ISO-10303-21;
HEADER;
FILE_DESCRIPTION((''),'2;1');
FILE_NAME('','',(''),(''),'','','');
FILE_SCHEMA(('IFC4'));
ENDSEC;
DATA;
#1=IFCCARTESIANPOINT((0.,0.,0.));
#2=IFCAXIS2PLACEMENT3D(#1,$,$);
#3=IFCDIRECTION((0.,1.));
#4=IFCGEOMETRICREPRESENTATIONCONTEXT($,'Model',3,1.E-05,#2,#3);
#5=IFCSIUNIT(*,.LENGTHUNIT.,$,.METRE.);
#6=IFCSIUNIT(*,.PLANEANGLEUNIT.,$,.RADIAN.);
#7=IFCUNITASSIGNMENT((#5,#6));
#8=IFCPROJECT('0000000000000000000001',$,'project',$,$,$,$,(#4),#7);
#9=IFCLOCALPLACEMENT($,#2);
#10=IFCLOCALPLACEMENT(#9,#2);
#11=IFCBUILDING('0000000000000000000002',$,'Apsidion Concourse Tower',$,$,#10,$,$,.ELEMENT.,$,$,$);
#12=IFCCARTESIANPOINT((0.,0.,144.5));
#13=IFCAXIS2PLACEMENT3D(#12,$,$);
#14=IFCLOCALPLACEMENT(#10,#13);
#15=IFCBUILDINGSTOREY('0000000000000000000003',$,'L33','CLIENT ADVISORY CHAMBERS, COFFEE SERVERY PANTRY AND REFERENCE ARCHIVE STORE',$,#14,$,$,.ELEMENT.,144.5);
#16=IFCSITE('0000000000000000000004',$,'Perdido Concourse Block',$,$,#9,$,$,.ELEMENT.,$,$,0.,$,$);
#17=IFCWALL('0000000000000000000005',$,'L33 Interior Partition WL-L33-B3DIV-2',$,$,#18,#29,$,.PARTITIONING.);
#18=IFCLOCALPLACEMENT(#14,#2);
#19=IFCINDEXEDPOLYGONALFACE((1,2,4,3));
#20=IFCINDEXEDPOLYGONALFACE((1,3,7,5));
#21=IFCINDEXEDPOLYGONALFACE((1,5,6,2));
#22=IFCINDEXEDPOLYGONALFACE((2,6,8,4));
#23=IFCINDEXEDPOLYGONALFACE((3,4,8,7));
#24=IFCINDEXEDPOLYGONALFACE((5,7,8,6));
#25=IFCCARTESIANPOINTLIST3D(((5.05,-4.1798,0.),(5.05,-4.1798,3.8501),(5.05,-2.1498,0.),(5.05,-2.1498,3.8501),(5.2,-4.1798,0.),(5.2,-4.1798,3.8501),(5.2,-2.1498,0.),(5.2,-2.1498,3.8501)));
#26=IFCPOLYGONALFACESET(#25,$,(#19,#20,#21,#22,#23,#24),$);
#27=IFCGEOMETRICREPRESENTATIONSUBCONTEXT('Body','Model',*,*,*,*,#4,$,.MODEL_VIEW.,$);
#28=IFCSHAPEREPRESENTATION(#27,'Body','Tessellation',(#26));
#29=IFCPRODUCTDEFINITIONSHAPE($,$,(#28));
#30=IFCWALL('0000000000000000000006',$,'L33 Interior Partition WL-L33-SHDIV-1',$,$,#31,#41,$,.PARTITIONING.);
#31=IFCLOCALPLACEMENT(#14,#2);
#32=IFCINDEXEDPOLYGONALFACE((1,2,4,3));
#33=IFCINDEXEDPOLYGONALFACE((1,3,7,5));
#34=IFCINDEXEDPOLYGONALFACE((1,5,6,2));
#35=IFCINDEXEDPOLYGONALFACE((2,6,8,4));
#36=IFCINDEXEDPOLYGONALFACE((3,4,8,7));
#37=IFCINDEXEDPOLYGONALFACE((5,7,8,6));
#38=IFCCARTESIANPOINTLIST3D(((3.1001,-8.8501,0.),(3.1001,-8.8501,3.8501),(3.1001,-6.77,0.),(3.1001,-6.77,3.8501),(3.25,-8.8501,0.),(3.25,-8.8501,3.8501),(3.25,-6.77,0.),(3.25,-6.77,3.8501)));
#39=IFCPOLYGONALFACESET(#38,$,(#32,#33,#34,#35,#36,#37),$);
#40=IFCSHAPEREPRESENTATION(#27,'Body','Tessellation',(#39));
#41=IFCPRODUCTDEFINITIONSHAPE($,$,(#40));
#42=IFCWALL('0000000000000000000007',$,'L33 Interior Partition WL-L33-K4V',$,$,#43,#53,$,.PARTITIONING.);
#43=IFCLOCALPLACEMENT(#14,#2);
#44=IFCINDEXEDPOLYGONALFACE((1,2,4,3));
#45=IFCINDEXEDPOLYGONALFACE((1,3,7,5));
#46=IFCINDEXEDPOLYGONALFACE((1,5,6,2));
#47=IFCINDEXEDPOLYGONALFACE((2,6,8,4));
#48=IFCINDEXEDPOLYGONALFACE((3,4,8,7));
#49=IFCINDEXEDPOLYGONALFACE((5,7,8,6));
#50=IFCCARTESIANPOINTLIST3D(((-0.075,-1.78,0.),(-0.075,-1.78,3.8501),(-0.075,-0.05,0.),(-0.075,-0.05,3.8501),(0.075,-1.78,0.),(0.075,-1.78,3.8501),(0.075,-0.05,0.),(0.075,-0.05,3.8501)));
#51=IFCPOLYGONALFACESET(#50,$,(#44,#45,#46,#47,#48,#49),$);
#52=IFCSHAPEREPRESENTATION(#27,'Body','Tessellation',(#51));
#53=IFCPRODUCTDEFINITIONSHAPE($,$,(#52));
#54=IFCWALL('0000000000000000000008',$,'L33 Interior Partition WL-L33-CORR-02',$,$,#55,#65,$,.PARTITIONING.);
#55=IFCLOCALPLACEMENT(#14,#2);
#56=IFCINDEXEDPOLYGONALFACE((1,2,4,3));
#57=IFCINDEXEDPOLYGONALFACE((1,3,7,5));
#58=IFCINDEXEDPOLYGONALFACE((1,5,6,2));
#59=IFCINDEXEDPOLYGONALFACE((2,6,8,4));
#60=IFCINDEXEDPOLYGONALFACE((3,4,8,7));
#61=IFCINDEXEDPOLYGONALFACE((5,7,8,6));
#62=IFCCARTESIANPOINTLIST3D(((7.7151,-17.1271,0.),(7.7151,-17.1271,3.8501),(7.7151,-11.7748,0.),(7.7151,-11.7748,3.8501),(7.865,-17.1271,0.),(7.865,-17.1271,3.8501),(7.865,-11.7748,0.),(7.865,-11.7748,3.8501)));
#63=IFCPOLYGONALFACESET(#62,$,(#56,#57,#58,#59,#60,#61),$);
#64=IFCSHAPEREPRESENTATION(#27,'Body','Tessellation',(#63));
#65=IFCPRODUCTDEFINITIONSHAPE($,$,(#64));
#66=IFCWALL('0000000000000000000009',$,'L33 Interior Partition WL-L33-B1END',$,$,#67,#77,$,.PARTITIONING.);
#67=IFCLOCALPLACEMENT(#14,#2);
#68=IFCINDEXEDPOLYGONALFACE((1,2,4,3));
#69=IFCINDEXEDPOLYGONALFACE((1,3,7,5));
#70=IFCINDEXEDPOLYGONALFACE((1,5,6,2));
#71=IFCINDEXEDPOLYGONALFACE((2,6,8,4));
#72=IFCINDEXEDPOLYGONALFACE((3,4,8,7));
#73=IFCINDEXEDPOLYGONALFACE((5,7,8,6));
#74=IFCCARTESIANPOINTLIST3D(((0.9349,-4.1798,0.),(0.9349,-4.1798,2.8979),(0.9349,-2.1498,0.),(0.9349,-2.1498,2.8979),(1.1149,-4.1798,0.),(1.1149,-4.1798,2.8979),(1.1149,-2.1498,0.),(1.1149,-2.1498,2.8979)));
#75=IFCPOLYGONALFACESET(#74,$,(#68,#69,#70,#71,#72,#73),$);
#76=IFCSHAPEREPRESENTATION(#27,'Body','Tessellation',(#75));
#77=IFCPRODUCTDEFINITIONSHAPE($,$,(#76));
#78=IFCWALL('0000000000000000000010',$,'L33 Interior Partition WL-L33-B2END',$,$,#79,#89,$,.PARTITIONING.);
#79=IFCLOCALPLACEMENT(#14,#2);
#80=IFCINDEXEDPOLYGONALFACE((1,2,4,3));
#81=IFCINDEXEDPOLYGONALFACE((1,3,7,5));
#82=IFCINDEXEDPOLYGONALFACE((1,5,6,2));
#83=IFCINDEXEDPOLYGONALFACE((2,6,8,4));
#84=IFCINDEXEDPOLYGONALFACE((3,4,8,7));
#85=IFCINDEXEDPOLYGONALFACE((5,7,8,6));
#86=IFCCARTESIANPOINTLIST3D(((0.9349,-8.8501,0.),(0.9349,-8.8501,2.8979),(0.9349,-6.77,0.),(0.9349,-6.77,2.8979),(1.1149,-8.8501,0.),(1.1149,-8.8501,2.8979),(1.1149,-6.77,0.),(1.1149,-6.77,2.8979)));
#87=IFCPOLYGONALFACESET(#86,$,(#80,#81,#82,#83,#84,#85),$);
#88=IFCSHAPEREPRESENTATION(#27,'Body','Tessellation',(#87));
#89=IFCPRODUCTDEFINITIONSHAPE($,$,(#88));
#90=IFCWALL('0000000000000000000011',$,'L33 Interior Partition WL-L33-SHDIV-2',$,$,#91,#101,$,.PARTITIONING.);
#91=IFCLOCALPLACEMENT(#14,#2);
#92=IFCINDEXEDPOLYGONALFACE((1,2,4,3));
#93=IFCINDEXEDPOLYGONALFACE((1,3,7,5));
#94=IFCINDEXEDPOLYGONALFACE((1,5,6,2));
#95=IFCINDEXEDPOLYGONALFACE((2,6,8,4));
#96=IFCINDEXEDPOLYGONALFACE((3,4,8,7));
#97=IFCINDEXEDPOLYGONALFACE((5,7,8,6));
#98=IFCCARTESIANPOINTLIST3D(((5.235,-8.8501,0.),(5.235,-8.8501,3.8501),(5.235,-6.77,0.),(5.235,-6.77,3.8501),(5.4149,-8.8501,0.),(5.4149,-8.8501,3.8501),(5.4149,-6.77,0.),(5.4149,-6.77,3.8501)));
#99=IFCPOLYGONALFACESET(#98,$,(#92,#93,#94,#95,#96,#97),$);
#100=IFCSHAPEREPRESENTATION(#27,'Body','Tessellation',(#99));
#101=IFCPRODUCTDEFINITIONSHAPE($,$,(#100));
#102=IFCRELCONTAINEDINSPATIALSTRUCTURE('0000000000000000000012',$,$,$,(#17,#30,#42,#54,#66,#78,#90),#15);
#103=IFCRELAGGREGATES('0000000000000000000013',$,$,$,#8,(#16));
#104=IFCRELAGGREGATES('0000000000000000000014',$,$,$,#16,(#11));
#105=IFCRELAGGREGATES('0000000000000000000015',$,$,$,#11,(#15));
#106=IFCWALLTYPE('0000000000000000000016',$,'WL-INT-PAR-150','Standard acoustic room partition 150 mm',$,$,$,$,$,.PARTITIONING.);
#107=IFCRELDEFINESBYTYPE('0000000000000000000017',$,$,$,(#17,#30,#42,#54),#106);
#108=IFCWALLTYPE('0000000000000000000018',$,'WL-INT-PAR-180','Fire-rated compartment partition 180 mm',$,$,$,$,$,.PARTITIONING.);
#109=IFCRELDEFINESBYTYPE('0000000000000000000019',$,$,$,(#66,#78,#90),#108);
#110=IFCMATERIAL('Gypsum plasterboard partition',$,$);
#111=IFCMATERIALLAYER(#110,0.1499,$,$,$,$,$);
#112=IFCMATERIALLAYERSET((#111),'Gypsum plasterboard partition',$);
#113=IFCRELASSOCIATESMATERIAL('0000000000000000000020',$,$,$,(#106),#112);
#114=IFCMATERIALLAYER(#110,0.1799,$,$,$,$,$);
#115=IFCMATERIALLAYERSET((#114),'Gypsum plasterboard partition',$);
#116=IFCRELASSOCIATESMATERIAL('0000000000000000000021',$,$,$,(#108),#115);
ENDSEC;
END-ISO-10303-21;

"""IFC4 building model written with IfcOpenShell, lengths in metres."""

from ifc_helpers import new_model, si_unit, direction, frame, frame_2d, origin, place, context, subcontext, project, spatial, rectangle, extrude, material, layer, layer_set, type_object, element, save


model = new_model("IFC4")

# Units and contexts
model_context = context("Model", 3, precision=1e-05, world=origin(), true_north=direction((0.0, 1.0)))
body_context = subcontext(model_context, "Body", "Model", "MODEL_VIEW")
ifc_project = project(units=[si_unit("LENGTHUNIT", "METRE"), si_unit("PLANEANGLEUNIT", "RADIAN")], contexts=[model_context])

# Site, building, storey
site_placement = place(None, origin())
site = spatial("IfcSite", under=ifc_project, at=site_placement, Name="Perdido Concourse Block", CompositionType="ELEMENT", RefElevation=0.0)
building_placement = place(site_placement, origin())
building = spatial("IfcBuilding", under=site, at=building_placement, Name="Apsidion Concourse Tower", CompositionType="ELEMENT")
storey_placement = place(building_placement, frame((0.0, 0.0, 144.5)))
storey = spatial("IfcBuildingStorey", under=building, at=storey_placement, Name="L33", Description="CLIENT ADVISORY CHAMBERS, COFFEE SERVERY PANTRY AND REFERENCE ARCHIVE STORE", CompositionType="ELEMENT", Elevation=144.5)

# Walls
ifc_material_1 = material(Name="Gypsum plasterboard partition")
ifc_layer_1 = layer(ifc_material_1, 0.1499)
ifc_layer_set_1 = layer_set([ifc_layer_1], Name="Gypsum plasterboard partition")
wall_type_1 = type_object("IfcWallType", Name="WL-INT-PAR-150", Description="Standard acoustic room partition 150 mm", PredefinedType="PARTITIONING", material=ifc_layer_set_1)
for number, where, z_axis, x_axis, name in (
    (1, (5.125, -4.1799, 0.0), (0.0, 0.0, 1.0), (0.0, 1.0, 0.0), "L33 Interior Partition WL-L33-B3DIV-2"),
):
    element("IfcWall", number, at=place(storey_placement, frame(where, z_axis=z_axis, x_axis=x_axis)), inside=storey, type_object=wall_type_1, Name=name, PredefinedType="PARTITIONING", context=body_context, shape_type="SweptSolid", body=[
        extrude(rectangle(XDim=2.03, YDim=0.1499, at=frame_2d((1.0151, 0.0))), origin(), (0.0, 0.0, 1.0), 3.8501),
    ])
wall_1_placement = place(storey_placement, frame((3.175, -8.8501, 0.0), z_axis=(0.0, 0.0, 1.0), x_axis=(0.0, 1.0, 0.0)))
element("IfcWall", 2, at=wall_1_placement, inside=storey, type_object=wall_type_1, Name="L33 Interior Partition WL-L33-SHDIV-1", PredefinedType="PARTITIONING", context=body_context, shape_type="SweptSolid", body=[
    extrude(rectangle(XDim=2.0801, YDim=0.1499, at=frame_2d((1.04, 0.0))), origin(), (0.0, 0.0, 1.0), 3.8501),
])
wall_2_placement = place(storey_placement, frame((0.0, -1.78, 0.0), z_axis=(0.0, 0.0, 1.0), x_axis=(0.0, 1.0, 0.0)))
element("IfcWall", 3, at=wall_2_placement, inside=storey, type_object=wall_type_1, Name="L33 Interior Partition WL-L33-K4V", PredefinedType="PARTITIONING", context=body_context, shape_type="SweptSolid", body=[
    extrude(rectangle(XDim=1.73, YDim=0.1499, at=frame_2d((0.865, 0.0))), origin(), (0.0, 0.0, 1.0), 3.8501),
])
wall_3_placement = place(storey_placement, frame((7.79, -17.1272, 0.0), z_axis=(0.0, 0.0, 1.0), x_axis=(0.0, 1.0, 0.0)))
element("IfcWall", 4, at=wall_3_placement, inside=storey, type_object=wall_type_1, Name="L33 Interior Partition WL-L33-CORR-02", PredefinedType="PARTITIONING", context=body_context, shape_type="SweptSolid", body=[
    extrude(rectangle(XDim=5.3523, YDim=0.1499, at=frame_2d((2.6763, 0.0))), origin(), (0.0, 0.0, 1.0), 3.8501),
])
ifc_layer_2 = layer(ifc_material_1, 0.1799)
ifc_layer_set_2 = layer_set([ifc_layer_2], Name="Gypsum plasterboard partition")
wall_type_2 = type_object("IfcWallType", Name="WL-INT-PAR-180", Description="Fire-rated compartment partition 180 mm", PredefinedType="PARTITIONING", material=ifc_layer_set_2)
wall_4_placement = place(storey_placement, frame((1.0249, -4.1799, 0.0), z_axis=(0.0, 0.0, 1.0), x_axis=(0.0, 1.0, 0.0)))
element("IfcWall", 5, at=wall_4_placement, inside=storey, type_object=wall_type_2, Name="L33 Interior Partition WL-L33-B1END", PredefinedType="PARTITIONING", context=body_context, shape_type="SweptSolid", body=[
    extrude(rectangle(XDim=2.03, YDim=0.1799, at=frame_2d((1.0151, 0.0))), origin(), (0.0, 0.0, 1.0), 2.8979),
])
wall_5_placement = place(storey_placement, frame((1.0249, -8.8501, 0.0), z_axis=(0.0, 0.0, 1.0), x_axis=(0.0, 1.0, 0.0)))
element("IfcWall", 6, at=wall_5_placement, inside=storey, type_object=wall_type_2, Name="L33 Interior Partition WL-L33-B2END", PredefinedType="PARTITIONING", context=body_context, shape_type="SweptSolid", body=[
    extrude(rectangle(XDim=2.0801, YDim=0.1799, at=frame_2d((1.04, 0.0))), origin(), (0.0, 0.0, 1.0), 2.8979),
])
wall_6_placement = place(storey_placement, frame((5.325, -8.8501, 0.0), z_axis=(0.0, 0.0, 1.0), x_axis=(0.0, 1.0, 0.0)))
element("IfcWall", 7, at=wall_6_placement, inside=storey, type_object=wall_type_2, Name="L33 Interior Partition WL-L33-SHDIV-2", PredefinedType="PARTITIONING", context=body_context, shape_type="SweptSolid", body=[
    extrude(rectangle(XDim=2.0801, YDim=0.1799, at=frame_2d((1.04, 0.0))), origin(), (0.0, 0.0, 1.0), 3.8501),
])

save(model, "model.ifc")
